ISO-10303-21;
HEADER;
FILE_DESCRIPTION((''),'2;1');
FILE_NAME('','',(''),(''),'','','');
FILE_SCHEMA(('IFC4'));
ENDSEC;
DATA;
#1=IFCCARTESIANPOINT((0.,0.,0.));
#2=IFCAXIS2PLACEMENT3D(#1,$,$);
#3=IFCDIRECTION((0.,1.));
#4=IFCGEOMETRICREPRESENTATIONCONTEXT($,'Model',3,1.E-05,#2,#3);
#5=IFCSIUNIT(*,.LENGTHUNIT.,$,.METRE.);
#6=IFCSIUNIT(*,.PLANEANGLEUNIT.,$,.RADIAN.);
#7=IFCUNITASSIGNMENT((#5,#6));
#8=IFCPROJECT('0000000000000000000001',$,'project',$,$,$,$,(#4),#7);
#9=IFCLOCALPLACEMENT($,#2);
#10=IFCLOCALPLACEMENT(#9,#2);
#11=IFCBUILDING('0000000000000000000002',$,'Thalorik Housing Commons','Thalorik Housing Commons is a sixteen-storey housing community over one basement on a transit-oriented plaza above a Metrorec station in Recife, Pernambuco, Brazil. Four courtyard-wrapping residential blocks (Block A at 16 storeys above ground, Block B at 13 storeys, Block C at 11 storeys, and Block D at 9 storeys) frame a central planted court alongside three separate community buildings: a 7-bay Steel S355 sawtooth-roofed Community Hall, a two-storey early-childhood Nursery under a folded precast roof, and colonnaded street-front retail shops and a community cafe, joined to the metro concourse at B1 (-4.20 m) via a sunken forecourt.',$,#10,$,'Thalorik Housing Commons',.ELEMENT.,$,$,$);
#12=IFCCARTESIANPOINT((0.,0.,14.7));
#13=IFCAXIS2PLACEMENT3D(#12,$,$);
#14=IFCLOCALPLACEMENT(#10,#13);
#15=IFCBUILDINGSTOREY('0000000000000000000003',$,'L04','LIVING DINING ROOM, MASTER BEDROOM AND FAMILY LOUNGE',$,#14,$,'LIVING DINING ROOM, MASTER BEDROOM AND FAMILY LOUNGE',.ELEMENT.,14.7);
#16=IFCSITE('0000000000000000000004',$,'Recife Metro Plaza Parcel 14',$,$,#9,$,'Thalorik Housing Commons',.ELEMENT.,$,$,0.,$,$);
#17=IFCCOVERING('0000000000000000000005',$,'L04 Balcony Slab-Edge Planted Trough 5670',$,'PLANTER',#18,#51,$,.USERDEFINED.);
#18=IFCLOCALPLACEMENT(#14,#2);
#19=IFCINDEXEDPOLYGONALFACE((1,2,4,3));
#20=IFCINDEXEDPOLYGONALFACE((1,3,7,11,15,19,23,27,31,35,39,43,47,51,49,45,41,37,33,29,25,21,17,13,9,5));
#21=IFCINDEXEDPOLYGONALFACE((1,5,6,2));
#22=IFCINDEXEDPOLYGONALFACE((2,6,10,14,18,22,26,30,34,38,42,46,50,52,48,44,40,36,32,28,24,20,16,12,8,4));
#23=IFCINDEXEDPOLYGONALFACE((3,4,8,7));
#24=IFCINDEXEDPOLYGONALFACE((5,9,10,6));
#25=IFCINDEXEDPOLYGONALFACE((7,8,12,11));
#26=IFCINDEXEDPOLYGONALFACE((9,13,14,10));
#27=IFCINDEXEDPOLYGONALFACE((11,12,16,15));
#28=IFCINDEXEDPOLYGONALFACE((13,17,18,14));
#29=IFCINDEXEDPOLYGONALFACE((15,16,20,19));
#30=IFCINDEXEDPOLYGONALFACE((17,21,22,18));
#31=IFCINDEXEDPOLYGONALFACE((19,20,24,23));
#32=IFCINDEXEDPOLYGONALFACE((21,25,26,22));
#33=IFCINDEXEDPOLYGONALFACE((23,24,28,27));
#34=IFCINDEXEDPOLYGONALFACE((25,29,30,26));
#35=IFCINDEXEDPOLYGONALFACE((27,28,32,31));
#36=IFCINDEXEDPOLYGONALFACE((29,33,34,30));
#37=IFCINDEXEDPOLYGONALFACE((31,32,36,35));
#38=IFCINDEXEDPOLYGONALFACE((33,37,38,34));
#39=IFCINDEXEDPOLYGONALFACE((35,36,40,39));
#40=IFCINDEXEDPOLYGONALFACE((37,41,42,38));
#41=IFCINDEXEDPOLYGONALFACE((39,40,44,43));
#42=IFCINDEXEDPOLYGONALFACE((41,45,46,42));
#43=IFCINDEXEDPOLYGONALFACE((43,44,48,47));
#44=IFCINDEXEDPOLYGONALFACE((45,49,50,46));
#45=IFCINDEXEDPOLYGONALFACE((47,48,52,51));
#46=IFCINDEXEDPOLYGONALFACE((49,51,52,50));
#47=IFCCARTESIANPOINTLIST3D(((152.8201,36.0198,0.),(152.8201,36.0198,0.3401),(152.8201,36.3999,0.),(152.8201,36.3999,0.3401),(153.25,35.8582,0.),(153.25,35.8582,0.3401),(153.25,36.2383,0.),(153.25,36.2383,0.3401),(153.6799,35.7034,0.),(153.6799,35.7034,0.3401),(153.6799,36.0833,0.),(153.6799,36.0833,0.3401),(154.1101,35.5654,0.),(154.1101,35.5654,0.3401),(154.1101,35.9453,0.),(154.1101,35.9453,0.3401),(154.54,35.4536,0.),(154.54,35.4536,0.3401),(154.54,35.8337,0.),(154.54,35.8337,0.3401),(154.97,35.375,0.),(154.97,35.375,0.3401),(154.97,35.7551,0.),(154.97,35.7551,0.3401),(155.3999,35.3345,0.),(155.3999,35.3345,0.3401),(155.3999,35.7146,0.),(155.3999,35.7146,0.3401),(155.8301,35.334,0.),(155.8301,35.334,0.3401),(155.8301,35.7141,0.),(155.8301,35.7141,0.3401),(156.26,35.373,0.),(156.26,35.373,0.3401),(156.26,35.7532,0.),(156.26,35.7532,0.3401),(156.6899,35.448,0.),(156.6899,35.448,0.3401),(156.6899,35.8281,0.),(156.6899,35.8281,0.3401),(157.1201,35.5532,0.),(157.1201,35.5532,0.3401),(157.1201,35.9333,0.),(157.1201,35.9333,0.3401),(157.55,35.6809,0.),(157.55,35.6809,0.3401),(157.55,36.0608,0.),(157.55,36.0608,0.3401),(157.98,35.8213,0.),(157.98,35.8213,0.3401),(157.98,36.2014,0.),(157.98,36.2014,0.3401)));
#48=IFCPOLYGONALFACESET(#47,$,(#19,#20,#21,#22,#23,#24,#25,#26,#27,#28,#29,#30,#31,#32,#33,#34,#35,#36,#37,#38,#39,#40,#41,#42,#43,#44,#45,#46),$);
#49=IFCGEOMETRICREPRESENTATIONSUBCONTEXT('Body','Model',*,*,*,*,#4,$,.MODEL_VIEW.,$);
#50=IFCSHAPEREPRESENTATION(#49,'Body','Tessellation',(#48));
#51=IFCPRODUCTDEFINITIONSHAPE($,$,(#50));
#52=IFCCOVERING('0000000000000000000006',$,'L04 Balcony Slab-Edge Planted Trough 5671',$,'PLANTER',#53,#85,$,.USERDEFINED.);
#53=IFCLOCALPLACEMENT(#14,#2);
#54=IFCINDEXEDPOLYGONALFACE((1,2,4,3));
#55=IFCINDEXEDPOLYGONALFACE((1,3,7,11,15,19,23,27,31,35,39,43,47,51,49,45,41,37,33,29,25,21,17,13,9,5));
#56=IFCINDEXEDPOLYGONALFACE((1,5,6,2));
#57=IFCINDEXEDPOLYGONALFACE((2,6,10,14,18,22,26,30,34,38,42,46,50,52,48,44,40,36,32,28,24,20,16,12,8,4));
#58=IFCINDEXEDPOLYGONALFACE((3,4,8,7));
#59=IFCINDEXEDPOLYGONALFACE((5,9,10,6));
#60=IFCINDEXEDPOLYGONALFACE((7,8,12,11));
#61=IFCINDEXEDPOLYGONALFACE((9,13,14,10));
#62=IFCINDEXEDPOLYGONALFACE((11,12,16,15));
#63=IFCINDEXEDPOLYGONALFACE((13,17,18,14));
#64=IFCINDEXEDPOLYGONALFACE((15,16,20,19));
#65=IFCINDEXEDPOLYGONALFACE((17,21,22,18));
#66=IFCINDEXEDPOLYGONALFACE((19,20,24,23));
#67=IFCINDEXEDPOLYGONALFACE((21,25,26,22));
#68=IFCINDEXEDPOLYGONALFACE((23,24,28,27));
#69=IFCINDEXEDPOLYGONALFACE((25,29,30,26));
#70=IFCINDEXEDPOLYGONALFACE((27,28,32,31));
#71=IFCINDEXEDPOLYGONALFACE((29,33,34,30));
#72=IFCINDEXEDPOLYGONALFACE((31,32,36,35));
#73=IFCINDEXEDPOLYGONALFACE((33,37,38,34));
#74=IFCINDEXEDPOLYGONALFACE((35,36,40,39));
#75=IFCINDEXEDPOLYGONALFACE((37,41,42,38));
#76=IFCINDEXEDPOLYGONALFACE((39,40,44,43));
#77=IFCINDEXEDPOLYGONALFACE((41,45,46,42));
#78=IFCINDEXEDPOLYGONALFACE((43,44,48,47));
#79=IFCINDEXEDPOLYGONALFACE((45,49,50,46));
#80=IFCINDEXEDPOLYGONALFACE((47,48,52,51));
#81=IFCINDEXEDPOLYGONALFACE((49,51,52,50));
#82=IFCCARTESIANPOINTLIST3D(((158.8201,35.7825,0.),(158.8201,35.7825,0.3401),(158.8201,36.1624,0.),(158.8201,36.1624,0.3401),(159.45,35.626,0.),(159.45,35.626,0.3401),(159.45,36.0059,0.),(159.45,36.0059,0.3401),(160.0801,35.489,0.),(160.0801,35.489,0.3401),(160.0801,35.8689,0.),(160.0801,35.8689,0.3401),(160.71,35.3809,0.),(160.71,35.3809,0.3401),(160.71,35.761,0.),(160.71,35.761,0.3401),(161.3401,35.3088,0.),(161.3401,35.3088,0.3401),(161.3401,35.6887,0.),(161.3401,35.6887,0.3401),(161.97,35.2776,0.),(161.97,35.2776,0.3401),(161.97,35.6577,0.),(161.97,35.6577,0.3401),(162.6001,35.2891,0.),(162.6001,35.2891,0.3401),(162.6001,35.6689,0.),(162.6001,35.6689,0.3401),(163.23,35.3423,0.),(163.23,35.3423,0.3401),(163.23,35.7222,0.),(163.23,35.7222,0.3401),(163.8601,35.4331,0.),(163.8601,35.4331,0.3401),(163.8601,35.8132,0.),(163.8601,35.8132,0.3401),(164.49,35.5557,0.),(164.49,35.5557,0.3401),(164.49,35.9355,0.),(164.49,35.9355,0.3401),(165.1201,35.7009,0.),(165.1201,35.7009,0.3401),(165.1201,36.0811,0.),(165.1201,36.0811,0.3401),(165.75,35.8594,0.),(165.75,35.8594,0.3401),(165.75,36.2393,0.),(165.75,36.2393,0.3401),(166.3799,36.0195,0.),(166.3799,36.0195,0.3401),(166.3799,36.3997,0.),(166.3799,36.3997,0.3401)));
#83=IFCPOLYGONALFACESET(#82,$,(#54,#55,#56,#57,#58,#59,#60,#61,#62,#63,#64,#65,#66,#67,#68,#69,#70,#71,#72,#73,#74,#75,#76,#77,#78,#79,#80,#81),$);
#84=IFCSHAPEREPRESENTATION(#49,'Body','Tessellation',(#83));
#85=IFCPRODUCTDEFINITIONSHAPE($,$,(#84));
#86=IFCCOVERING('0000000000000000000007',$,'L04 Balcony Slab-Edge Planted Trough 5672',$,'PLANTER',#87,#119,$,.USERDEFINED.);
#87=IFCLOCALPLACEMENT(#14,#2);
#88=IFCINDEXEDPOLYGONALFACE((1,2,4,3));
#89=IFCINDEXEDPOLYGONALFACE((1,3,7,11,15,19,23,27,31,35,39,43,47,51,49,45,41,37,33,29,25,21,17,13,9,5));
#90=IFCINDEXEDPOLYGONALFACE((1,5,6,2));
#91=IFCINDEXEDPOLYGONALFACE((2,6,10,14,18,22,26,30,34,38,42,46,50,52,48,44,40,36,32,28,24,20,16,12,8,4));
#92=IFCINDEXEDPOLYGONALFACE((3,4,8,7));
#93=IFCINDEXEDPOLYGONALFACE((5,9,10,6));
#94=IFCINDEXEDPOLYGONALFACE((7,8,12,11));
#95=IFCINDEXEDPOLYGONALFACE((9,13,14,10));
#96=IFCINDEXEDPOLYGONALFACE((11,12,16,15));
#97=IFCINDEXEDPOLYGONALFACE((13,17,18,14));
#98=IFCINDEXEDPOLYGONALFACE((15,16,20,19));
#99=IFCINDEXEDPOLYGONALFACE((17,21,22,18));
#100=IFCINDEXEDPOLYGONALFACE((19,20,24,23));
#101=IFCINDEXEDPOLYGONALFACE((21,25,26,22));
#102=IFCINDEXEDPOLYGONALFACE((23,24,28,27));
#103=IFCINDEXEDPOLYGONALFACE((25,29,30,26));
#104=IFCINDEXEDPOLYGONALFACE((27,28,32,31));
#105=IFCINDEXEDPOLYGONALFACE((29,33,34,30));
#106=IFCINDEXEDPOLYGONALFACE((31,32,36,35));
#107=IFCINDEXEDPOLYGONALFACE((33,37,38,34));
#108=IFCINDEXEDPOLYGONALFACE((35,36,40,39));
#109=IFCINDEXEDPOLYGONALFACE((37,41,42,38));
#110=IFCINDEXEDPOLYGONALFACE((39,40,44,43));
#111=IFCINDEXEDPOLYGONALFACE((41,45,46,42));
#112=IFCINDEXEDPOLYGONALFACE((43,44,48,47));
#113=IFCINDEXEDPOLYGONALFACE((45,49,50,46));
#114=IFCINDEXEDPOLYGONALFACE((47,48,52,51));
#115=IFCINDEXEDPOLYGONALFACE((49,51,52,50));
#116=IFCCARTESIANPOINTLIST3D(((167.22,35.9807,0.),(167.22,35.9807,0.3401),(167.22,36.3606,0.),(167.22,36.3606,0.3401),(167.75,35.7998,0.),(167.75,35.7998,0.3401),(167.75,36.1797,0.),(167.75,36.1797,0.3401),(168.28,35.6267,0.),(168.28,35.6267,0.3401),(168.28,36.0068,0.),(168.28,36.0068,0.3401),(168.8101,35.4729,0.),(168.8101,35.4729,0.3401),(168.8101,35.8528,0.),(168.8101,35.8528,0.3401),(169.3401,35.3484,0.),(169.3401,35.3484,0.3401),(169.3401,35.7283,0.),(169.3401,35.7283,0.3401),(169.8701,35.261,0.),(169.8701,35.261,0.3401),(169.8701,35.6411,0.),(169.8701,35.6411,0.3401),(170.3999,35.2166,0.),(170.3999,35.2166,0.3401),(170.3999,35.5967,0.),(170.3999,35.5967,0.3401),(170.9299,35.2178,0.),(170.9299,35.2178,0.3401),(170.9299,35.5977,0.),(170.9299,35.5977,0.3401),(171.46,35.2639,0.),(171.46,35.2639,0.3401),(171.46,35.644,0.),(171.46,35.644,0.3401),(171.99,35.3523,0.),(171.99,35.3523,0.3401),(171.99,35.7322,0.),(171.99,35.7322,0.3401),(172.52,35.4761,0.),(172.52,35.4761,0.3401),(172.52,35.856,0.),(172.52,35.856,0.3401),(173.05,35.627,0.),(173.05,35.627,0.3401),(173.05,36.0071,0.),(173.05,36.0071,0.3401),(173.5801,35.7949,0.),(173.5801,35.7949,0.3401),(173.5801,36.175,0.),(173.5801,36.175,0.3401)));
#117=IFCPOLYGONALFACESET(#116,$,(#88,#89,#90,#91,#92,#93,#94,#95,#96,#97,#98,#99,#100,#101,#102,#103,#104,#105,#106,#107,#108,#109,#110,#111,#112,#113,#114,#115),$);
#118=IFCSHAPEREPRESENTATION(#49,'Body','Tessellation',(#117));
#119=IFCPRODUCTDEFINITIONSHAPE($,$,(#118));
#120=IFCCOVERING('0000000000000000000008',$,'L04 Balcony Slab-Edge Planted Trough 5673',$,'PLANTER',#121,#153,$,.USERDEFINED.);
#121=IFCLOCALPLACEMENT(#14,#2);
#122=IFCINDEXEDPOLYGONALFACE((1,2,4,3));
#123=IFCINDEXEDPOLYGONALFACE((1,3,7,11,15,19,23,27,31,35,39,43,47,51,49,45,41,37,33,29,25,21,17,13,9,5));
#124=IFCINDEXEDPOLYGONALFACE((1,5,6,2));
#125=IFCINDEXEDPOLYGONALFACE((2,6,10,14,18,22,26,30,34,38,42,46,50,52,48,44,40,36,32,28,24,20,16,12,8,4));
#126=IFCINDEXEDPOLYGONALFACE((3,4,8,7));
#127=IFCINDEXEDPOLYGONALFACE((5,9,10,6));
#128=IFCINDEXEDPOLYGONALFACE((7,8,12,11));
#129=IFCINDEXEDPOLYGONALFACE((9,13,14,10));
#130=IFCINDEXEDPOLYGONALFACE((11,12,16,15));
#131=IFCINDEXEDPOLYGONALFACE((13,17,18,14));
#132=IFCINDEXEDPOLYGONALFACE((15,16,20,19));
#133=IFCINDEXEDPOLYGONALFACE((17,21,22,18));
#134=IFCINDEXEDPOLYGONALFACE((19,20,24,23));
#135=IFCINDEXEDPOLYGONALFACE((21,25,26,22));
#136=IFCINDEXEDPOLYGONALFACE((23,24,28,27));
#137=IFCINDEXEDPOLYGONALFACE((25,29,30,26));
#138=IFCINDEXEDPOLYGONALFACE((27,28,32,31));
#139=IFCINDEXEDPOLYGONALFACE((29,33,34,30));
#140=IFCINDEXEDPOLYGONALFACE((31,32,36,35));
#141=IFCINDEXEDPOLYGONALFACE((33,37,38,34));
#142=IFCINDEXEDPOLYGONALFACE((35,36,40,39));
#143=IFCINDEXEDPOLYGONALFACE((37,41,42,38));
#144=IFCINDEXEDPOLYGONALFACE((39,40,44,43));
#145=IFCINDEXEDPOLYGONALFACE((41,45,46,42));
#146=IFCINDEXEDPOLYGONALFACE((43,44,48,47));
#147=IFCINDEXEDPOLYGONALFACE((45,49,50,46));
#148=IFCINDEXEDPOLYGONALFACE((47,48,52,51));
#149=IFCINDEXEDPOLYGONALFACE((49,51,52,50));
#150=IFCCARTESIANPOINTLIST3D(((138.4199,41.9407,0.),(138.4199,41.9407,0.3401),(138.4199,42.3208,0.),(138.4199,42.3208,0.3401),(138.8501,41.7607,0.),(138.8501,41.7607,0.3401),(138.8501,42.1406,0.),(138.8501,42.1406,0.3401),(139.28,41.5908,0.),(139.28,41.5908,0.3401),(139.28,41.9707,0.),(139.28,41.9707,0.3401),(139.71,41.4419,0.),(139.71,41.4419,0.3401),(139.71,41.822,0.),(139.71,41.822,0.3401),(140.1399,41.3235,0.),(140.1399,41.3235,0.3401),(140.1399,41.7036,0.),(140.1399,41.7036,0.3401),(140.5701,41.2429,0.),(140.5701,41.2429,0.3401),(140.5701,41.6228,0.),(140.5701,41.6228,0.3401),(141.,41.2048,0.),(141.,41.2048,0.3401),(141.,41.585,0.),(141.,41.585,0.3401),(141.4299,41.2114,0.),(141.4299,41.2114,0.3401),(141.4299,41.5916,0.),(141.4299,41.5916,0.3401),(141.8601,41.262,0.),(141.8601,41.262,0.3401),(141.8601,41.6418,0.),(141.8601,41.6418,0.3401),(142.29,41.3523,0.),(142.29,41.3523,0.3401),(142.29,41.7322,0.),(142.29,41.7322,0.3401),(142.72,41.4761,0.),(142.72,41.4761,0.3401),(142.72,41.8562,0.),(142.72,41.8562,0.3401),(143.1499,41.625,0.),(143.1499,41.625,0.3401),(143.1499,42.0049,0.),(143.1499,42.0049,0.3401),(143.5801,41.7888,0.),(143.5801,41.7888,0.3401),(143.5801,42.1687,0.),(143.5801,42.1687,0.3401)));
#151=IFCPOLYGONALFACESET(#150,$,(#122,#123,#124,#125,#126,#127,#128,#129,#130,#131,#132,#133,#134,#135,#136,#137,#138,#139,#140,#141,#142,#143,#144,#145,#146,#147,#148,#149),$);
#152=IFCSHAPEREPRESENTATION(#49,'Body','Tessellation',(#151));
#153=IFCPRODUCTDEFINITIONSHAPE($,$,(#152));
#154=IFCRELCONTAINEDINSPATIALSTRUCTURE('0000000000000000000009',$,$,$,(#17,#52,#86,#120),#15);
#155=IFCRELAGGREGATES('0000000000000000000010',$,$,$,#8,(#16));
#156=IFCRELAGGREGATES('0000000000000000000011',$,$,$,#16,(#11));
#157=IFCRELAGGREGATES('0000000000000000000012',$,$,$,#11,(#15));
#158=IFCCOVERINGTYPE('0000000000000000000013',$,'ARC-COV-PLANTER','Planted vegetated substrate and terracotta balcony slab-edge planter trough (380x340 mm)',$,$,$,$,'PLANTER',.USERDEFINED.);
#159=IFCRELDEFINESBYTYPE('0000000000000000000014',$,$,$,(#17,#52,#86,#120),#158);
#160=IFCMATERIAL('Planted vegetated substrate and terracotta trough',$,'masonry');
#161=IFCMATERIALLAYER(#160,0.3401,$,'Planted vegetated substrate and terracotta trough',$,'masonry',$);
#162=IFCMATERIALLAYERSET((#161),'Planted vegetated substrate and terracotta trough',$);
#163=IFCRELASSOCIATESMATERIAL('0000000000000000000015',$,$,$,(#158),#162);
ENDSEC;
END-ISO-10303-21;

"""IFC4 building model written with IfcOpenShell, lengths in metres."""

from ifc_helpers import new_model, si_unit, direction, frame, origin, place, context, subcontext, project, spatial, polyline, outline, extrude, material, layer, layer_set, type_object, element, save


model = new_model("IFC4")

# Units and contexts
model_context = context("Model", 3, precision=1e-05, world=origin(), true_north=direction((0.0, 1.0)))
body_context = subcontext(model_context, "Body", "Model", "MODEL_VIEW")
ifc_project = project(units=[si_unit("LENGTHUNIT", "METRE"), si_unit("PLANEANGLEUNIT", "RADIAN")], contexts=[model_context])

# Site, building, storey
site_placement = place(None, origin())
site = spatial("IfcSite", under=ifc_project, at=site_placement, Name="Recife Metro Plaza Parcel 14", LongName="Thalorik Housing Commons", CompositionType="ELEMENT", RefElevation=0.0)
building_placement = place(site_placement, origin())
building = spatial("IfcBuilding", under=site, at=building_placement, Name="Thalorik Housing Commons", Description="Thalorik Housing Commons is a sixteen-storey housing community over one basement on a transit-oriented plaza above a Metrorec station in Recife, Pernambuco, Brazil. Four courtyard-wrapping residential blocks (Block A at 16 storeys above ground, Block B at 13 storeys, Block C at 11 storeys, and Block D at 9 storeys) frame a central planted court alongside three separate community buildings: a 7-bay Steel S355 sawtooth-roofed Community Hall, a two-storey early-childhood Nursery under a folded precast roof, and colonnaded street-front retail shops and a community cafe, joined to the metro concourse at B1 (-4.20 m) via a sunken forecourt.", LongName="Thalorik Housing Commons", CompositionType="ELEMENT")
storey_placement = place(building_placement, frame((0.0, 0.0, 14.7)))
storey = spatial("IfcBuildingStorey", under=building, at=storey_placement, Name="L04", Description="LIVING DINING ROOM, MASTER BEDROOM AND FAMILY LOUNGE", LongName="LIVING DINING ROOM, MASTER BEDROOM AND FAMILY LOUNGE", CompositionType="ELEMENT", Elevation=14.7)

# Coverings
ifc_material_1 = material(Name="Planted vegetated substrate and terracotta trough", Category="masonry")
ifc_layer_1 = layer(ifc_material_1, 0.3401, Name="Planted vegetated substrate and terracotta trough", Category="masonry")
ifc_layer_set_1 = layer_set([ifc_layer_1], Name="Planted vegetated substrate and terracotta trough")
covering_type = type_object("IfcCoveringType", Name="ARC-COV-PLANTER", Description="Planted vegetated substrate and terracotta balcony slab-edge planter trough (380x340 mm)", ElementType="PLANTER", PredefinedType="USERDEFINED", material=ifc_layer_set_1)
covering_1_placement = place(storey_placement, origin())
element("IfcCovering", 1, at=covering_1_placement, inside=storey, type_object=covering_type, Name="L04 Balcony Slab-Edge Planted Trough 5670", ObjectType="PLANTER", PredefinedType="USERDEFINED", context=body_context, shape_type="SweptSolid", body=[
    extrude(outline(polyline([(152.8201, 36.0198), (153.25, 35.8582), (153.6799, 35.7034), (154.1101, 35.5654), (154.54, 35.4536), (154.97, 35.375), (155.3999, 35.3345), (155.8301, 35.334), (156.26, 35.373), (156.6899, 35.448), (157.1201, 35.5532), (157.55, 35.6809), (157.98, 35.8213), (157.98, 36.2014), (157.55, 36.0608), (157.1201, 35.9333), (156.6899, 35.8281), (156.26, 35.7532), (155.8301, 35.7141), (155.3999, 35.7146), (154.97, 35.7551), (154.54, 35.8337), (154.1101, 35.9453), (153.6799, 36.0833), (153.25, 36.2383), (152.8201, 36.3999), (152.8201, 36.0198)])), origin(), (0.0, 0.0, 1.0), 0.3401),
])
covering_2_placement = place(storey_placement, origin())
element("IfcCovering", 2, at=covering_2_placement, inside=storey, type_object=covering_type, Name="L04 Balcony Slab-Edge Planted Trough 5671", ObjectType="PLANTER", PredefinedType="USERDEFINED", context=body_context, shape_type="SweptSolid", body=[
    extrude(outline(polyline([(158.8201, 35.7825), (159.45, 35.626), (160.0801, 35.489), (160.71, 35.3809), (161.3401, 35.3088), (161.97, 35.2776), (162.6001, 35.2891), (163.23, 35.3423), (163.8601, 35.4331), (164.49, 35.5557), (165.1201, 35.7009), (165.75, 35.8594), (166.3799, 36.0195), (166.3799, 36.3997), (165.75, 36.2393), (165.1201, 36.0811), (164.49, 35.9355), (163.8601, 35.8132), (163.23, 35.7222), (162.6001, 35.6689), (161.97, 35.6577), (161.3401, 35.6887), (160.71, 35.761), (160.0801, 35.8689), (159.45, 36.0059), (158.8201, 36.1624), (158.8201, 35.7825)])), origin(), (0.0, 0.0, 1.0), 0.3401),
])
covering_3_placement = place(storey_placement, origin())
element("IfcCovering", 3, at=covering_3_placement, inside=storey, type_object=covering_type, Name="L04 Balcony Slab-Edge Planted Trough 5672", ObjectType="PLANTER", PredefinedType="USERDEFINED", context=body_context, shape_type="SweptSolid", body=[
    extrude(outline(polyline([(167.22, 35.9807), (167.75, 35.7998), (168.28, 35.6267), (168.8101, 35.4729), (169.3401, 35.3484), (169.8701, 35.261), (170.3999, 35.2166), (170.9299, 35.2178), (171.46, 35.2639), (171.99, 35.3523), (172.52, 35.4761), (173.05, 35.627), (173.5801, 35.7949), (173.5801, 36.175), (173.05, 36.0071), (172.52, 35.856), (171.99, 35.7322), (171.46, 35.644), (170.9299, 35.5977), (170.3999, 35.5967), (169.8701, 35.6411), (169.3401, 35.7283), (168.8101, 35.8528), (168.28, 36.0068), (167.75, 36.1797), (167.22, 36.3606), (167.22, 35.9807)])), origin(), (0.0, 0.0, 1.0), 0.3401),
])
covering_4_placement = place(storey_placement, origin())
element("IfcCovering", 4, at=covering_4_placement, inside=storey, type_object=covering_type, Name="L04 Balcony Slab-Edge Planted Trough 5673", ObjectType="PLANTER", PredefinedType="USERDEFINED", context=body_context, shape_type="SweptSolid", body=[
    extrude(outline(polyline([(138.4199, 41.9407), (138.8501, 41.7607), (139.28, 41.5908), (139.71, 41.4419), (140.1399, 41.3235), (140.5701, 41.2429), (141.0, 41.2048), (141.4299, 41.2114), (141.8601, 41.262), (142.29, 41.3523), (142.72, 41.4761), (143.1499, 41.625), (143.5801, 41.7888), (143.5801, 42.1687), (143.1499, 42.0049), (142.72, 41.8562), (142.29, 41.7322), (141.8601, 41.6418), (141.4299, 41.5916), (141.0, 41.585), (140.5701, 41.6228), (140.1399, 41.7036), (139.71, 41.822), (139.28, 41.9707), (138.8501, 42.1406), (138.4199, 42.3208), (138.4199, 41.9407)])), origin(), (0.0, 0.0, 1.0), 0.3401),
])

save(model, "model.ifc")
